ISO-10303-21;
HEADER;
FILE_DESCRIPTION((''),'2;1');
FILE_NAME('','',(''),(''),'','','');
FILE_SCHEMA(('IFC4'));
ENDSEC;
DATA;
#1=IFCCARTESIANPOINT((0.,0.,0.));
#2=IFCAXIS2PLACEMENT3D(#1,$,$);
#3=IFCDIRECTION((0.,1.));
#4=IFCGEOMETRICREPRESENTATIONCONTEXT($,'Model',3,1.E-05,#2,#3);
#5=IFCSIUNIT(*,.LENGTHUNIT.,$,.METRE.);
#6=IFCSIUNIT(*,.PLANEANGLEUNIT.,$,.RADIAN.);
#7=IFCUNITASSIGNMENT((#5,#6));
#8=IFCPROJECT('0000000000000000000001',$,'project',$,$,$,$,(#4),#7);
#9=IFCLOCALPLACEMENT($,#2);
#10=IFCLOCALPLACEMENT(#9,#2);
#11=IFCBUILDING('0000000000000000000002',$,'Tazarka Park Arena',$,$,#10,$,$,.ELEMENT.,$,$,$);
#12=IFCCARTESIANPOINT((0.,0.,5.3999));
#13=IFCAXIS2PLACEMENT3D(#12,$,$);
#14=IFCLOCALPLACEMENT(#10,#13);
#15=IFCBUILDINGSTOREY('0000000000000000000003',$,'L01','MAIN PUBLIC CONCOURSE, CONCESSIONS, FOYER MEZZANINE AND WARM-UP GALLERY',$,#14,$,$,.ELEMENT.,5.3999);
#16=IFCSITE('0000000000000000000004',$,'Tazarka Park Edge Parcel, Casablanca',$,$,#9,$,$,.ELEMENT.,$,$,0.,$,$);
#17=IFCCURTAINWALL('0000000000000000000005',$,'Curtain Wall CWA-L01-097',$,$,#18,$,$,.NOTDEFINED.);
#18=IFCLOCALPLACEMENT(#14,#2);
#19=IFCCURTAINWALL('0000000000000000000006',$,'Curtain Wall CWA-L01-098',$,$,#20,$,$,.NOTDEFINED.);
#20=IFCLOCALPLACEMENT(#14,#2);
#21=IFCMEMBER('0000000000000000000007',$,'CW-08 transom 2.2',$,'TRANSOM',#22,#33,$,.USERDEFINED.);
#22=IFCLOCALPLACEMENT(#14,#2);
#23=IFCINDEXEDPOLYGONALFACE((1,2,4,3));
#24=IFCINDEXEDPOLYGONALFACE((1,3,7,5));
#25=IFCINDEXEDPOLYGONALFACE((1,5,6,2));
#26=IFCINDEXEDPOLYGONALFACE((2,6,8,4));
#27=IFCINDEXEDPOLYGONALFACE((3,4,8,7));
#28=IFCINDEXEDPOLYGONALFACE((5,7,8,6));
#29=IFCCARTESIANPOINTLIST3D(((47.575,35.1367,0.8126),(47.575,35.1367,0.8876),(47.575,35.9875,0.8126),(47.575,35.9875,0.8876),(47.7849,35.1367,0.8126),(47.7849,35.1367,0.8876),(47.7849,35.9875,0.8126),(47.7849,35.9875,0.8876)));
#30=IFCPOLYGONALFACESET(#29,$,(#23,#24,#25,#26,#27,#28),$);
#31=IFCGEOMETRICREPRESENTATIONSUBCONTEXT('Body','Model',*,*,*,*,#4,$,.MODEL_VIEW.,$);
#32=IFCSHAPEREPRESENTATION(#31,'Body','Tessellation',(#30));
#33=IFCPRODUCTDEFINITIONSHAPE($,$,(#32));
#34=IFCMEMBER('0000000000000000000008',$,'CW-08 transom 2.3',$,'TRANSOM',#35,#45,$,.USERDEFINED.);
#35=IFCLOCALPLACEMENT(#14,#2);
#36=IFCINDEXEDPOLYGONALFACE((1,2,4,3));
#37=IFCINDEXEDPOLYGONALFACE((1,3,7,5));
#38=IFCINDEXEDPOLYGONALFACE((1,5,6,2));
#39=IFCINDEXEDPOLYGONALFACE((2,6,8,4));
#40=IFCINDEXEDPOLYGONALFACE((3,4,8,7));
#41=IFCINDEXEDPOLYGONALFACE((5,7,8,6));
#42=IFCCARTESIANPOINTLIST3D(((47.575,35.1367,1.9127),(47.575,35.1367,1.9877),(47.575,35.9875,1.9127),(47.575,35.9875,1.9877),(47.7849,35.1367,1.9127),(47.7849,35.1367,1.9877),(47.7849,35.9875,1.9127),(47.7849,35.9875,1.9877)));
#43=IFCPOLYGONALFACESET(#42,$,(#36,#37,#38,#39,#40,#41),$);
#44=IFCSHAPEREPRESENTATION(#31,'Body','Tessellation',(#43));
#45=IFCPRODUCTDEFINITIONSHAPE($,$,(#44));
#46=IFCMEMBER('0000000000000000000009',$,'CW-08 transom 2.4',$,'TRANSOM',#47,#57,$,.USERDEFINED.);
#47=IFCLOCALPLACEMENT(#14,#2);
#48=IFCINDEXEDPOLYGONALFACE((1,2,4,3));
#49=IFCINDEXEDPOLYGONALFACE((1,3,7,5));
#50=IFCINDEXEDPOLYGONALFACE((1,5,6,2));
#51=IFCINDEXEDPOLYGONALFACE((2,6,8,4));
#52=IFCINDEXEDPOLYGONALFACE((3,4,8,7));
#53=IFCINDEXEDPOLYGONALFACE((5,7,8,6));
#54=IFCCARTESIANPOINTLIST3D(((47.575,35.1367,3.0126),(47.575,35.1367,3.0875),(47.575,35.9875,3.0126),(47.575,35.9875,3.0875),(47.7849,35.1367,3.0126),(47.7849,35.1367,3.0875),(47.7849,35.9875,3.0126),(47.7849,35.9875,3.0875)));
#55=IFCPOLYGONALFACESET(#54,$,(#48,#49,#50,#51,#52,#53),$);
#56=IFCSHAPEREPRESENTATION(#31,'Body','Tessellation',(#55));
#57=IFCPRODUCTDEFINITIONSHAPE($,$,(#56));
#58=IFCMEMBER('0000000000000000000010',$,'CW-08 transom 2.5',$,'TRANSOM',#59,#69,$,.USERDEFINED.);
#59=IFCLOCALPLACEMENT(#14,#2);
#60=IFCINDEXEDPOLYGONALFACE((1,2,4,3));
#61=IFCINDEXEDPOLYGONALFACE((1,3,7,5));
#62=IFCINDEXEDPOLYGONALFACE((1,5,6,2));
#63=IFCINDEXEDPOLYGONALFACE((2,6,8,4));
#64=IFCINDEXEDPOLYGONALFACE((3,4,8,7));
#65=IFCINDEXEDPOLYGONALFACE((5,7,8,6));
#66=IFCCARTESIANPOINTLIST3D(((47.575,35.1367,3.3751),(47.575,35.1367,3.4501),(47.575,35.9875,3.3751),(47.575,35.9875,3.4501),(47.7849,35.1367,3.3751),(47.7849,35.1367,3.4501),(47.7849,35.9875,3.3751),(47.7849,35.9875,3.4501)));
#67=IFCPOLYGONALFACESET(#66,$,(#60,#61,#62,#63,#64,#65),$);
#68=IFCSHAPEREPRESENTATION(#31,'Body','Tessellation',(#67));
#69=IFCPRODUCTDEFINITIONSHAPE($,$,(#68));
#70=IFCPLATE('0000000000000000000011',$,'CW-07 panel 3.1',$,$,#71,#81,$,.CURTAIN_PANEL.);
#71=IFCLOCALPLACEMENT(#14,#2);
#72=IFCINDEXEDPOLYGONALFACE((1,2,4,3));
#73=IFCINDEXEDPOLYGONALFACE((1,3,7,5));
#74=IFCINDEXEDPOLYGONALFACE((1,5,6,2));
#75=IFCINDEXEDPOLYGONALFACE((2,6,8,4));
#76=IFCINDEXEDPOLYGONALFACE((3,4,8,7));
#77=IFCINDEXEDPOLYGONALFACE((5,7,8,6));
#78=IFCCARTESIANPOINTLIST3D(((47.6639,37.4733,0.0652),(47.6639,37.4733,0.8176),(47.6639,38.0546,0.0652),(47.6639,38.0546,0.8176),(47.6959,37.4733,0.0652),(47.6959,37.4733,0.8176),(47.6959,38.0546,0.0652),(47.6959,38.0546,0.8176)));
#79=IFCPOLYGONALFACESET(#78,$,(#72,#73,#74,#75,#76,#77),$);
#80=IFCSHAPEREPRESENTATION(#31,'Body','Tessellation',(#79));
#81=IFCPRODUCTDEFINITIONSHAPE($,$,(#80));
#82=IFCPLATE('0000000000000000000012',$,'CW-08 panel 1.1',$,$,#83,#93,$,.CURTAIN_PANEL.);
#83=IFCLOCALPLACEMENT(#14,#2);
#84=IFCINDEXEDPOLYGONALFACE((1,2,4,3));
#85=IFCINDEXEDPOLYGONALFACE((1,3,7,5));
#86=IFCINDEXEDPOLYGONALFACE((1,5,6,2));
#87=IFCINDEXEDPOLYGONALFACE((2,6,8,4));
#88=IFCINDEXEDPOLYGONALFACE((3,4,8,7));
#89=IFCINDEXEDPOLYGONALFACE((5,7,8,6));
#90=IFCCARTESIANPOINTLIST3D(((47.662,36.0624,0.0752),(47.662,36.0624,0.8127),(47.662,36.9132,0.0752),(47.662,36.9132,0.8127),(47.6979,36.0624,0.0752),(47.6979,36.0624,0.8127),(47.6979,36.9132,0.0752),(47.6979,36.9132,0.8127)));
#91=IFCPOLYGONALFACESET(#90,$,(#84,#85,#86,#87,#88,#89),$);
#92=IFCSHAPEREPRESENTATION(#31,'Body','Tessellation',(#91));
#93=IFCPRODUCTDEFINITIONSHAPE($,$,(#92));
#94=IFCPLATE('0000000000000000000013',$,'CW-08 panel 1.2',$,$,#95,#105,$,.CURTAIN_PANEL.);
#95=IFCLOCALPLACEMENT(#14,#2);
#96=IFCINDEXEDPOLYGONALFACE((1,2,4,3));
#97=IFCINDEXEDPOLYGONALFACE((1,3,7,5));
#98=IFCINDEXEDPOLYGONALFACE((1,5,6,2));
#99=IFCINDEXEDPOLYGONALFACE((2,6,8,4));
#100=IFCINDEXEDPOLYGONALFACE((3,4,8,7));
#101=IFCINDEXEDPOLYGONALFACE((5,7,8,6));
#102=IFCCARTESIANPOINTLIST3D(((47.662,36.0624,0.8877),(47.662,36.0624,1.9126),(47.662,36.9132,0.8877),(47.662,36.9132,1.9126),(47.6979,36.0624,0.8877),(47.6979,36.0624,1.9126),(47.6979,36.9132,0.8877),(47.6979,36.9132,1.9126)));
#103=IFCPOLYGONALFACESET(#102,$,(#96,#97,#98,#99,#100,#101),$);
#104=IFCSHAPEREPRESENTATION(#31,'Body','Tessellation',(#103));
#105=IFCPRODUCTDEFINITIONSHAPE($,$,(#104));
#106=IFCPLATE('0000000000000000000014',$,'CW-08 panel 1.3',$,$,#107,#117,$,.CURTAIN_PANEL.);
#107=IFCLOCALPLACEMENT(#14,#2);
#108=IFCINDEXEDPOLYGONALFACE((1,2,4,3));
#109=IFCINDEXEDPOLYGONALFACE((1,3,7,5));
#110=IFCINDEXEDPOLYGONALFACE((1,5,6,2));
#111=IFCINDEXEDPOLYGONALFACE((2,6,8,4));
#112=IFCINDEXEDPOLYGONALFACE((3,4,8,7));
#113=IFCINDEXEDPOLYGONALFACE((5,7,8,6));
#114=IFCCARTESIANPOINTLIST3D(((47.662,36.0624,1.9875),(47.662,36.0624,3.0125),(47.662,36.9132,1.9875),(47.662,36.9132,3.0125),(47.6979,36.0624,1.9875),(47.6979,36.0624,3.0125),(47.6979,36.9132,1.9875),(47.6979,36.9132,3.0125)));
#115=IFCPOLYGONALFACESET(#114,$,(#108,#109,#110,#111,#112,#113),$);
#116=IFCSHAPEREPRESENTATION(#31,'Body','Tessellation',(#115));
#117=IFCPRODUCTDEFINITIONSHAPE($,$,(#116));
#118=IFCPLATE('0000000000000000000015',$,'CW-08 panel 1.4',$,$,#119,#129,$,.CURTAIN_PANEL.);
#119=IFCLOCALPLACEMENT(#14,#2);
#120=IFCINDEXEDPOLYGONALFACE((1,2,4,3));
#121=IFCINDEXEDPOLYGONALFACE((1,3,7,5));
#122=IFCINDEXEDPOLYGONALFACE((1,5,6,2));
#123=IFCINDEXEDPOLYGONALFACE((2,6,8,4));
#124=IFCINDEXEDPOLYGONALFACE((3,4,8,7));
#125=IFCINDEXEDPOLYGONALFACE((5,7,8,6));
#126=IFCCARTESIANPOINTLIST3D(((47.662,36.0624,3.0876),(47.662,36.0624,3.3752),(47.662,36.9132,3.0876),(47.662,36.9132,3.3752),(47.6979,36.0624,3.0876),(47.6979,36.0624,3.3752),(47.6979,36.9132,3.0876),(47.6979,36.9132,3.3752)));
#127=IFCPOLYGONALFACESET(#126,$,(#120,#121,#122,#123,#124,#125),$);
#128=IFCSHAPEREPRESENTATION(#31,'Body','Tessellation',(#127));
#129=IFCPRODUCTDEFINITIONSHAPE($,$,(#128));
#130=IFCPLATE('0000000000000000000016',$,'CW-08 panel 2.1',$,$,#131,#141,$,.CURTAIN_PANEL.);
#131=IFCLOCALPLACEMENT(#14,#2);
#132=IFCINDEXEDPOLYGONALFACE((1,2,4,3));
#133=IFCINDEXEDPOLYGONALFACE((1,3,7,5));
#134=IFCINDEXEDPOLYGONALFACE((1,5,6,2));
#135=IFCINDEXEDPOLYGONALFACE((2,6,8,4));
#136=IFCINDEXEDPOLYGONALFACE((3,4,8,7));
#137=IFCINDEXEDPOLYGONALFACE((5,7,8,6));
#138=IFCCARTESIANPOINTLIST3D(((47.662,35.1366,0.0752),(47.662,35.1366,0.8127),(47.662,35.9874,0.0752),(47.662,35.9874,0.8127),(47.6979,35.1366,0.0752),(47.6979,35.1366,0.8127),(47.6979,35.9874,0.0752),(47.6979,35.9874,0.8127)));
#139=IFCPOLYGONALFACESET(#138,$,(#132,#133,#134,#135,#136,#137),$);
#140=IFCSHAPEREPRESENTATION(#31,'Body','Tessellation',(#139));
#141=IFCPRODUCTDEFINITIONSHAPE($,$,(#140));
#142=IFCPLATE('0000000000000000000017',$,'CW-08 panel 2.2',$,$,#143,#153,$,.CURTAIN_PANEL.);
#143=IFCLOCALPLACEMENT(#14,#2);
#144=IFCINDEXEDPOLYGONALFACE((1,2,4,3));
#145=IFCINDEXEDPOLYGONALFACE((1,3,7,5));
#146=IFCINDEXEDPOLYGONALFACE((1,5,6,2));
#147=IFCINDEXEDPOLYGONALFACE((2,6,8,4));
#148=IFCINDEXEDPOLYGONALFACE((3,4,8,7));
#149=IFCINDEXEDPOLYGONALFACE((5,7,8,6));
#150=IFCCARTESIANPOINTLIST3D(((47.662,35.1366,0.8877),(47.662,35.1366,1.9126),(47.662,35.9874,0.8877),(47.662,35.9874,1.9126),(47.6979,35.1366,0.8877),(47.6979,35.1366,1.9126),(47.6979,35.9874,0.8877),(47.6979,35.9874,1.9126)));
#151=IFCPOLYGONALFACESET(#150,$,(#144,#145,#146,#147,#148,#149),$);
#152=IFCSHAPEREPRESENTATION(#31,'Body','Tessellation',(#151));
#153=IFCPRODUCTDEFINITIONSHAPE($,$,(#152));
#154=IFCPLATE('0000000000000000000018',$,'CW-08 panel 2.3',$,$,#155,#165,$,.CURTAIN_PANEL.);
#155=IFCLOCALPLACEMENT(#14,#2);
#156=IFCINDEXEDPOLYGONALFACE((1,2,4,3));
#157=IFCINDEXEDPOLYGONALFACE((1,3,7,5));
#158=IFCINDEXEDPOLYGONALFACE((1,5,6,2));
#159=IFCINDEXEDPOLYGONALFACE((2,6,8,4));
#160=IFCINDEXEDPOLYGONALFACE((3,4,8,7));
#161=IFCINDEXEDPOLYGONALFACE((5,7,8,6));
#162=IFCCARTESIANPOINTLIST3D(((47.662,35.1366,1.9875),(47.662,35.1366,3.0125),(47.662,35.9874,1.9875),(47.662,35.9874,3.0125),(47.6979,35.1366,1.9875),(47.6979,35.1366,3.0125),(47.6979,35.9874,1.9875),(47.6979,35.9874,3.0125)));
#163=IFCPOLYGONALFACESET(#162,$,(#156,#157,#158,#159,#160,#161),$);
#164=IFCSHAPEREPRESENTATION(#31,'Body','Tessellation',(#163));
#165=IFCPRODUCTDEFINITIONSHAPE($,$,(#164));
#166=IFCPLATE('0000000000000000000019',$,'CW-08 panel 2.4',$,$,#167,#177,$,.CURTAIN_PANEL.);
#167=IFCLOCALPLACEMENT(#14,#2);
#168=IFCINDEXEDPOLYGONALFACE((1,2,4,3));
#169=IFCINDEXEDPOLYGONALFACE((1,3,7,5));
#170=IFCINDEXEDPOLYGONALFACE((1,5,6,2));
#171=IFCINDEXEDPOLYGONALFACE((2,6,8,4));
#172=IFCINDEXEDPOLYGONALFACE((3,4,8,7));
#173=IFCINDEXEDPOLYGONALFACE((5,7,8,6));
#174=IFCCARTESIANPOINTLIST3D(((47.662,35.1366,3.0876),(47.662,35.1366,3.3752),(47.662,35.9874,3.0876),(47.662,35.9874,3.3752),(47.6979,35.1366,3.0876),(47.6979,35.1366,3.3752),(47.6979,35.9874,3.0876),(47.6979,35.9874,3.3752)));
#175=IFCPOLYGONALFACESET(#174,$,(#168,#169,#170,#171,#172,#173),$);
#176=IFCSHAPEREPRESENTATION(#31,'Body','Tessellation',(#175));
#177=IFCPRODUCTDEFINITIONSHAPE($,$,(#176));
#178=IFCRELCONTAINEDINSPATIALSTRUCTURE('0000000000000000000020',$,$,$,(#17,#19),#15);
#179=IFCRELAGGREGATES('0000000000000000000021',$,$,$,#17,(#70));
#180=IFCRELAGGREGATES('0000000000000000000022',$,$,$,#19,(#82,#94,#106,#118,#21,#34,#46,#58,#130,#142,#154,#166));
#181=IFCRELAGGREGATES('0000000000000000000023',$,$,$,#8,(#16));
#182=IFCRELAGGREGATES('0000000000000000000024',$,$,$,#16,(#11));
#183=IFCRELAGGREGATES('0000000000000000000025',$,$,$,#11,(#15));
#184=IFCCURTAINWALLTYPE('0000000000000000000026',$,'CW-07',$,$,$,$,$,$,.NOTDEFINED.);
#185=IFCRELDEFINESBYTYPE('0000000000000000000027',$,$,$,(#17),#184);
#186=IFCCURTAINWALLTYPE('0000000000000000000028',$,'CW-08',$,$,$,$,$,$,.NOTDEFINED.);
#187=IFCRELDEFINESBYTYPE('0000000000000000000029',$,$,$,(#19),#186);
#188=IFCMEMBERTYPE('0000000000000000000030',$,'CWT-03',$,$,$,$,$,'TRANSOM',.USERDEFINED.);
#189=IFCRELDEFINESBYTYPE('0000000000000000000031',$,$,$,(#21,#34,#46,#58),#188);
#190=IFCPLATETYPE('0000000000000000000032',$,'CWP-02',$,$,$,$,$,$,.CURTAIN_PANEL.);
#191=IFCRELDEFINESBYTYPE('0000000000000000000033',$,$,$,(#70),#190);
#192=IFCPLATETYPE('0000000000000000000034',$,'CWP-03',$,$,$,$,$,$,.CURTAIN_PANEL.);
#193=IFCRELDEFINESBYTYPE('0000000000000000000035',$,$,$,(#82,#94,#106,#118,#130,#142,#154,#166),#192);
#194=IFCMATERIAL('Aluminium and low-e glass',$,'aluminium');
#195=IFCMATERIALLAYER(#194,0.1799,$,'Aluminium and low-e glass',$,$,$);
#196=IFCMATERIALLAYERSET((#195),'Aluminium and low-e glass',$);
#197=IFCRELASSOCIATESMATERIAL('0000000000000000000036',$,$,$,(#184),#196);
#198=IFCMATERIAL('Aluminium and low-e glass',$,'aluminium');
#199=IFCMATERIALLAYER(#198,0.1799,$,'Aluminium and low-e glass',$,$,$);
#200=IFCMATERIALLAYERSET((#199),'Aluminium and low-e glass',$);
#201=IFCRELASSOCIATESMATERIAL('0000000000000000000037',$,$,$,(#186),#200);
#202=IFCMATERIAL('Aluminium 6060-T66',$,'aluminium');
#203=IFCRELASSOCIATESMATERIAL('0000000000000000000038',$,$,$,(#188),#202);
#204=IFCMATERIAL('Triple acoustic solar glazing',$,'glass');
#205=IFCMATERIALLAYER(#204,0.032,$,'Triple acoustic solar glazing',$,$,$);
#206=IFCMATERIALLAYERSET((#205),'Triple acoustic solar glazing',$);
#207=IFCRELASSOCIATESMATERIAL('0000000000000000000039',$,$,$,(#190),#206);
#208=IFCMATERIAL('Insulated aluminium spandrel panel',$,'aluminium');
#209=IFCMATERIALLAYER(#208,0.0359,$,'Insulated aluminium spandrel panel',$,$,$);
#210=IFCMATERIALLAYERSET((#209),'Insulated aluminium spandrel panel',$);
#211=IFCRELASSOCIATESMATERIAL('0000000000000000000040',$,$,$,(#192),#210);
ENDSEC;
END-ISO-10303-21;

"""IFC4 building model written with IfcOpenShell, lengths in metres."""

from ifc_helpers import new_model, si_unit, direction, frame, origin, origin_2d, place, context, subcontext, project, spatial, rectangle, extrude, material, layer, layer_set, material_profile, profile_set, type_object, element, aggregate, save


model = new_model("IFC4")

# Units and contexts
model_context = context("Model", 3, precision=1e-05, world=origin(), true_north=direction((0.0, 1.0)))
body_context = subcontext(model_context, "Body", "Model", "MODEL_VIEW")
ifc_project = project(units=[si_unit("LENGTHUNIT", "METRE"), si_unit("PLANEANGLEUNIT", "RADIAN")], contexts=[model_context])

# Site, building, storey
site_placement = place(None, origin())
site = spatial("IfcSite", under=ifc_project, at=site_placement, Name="Tazarka Park Edge Parcel, Casablanca", CompositionType="ELEMENT", RefElevation=0.0)
building_placement = place(site_placement, origin())
building = spatial("IfcBuilding", under=site, at=building_placement, Name="Tazarka Park Arena", CompositionType="ELEMENT")
storey_placement = place(building_placement, frame((0.0, 0.0, 5.3999)))
storey = spatial("IfcBuildingStorey", under=building, at=storey_placement, Name="L01", Description="MAIN PUBLIC CONCOURSE, CONCESSIONS, FOYER MEZZANINE AND WARM-UP GALLERY", CompositionType="ELEMENT", Elevation=5.3999)

# Curtain wall
ifc_material_1 = material(Name="Aluminium and low-e glass", Category="aluminium")
ifc_layer_1 = layer(ifc_material_1, 0.1799, Name="Aluminium and low-e glass")
ifc_layer_set_1 = layer_set([ifc_layer_1], Name="Aluminium and low-e glass")
curtain_wall_type_1 = type_object("IfcCurtainWallType", Name="CW-07", PredefinedType="NOTDEFINED", material=ifc_layer_set_1)
curtain_wall_1_placement = place(storey_placement, origin())
curtain_wall_1 = element("IfcCurtainWall", 1, at=curtain_wall_1_placement, inside=storey, type_object=curtain_wall_type_1, Name="Curtain Wall CWA-L01-097", PredefinedType="NOTDEFINED")

# Curtain wall
ifc_material_2 = material(Name="Aluminium and low-e glass", Category="aluminium")
ifc_layer_2 = layer(ifc_material_2, 0.1799, Name="Aluminium and low-e glass")
ifc_layer_set_2 = layer_set([ifc_layer_2], Name="Aluminium and low-e glass")
curtain_wall_type_2 = type_object("IfcCurtainWallType", Name="CW-08", PredefinedType="NOTDEFINED", material=ifc_layer_set_2)
curtain_wall_2_placement = place(storey_placement, origin())
curtain_wall_2 = element("IfcCurtainWall", 2, at=curtain_wall_2_placement, inside=storey, type_object=curtain_wall_type_2, Name="Curtain Wall CWA-L01-098", PredefinedType="NOTDEFINED")

# Members
ifc_material_3 = material(Name="Aluminium 6060-T66", Category="aluminium")
ifc_material_profile_1 = material_profile(ifc_material_3, rectangle(XDim=0.21, YDim=0.075, at=origin_2d()), Name="Aluminium 6060-T66")
ifc_profile_set_1 = profile_set([ifc_material_profile_1], Name="Aluminium 6060-T66")
member_type_1 = type_object("IfcMemberType", Name="CWT-03", ElementType="TRANSOM", PredefinedType="USERDEFINED", material=ifc_profile_set_1)
member_1_placement = place(storey_placement, frame((47.6799, 35.9875, 0.8501), z_axis=(0.0, -1.0, 0.0), x_axis=(1.0, 0.0, 0.0)))
member_1 = element("IfcMember", 3, at=member_1_placement, type_object=member_type_1, Name="CW-08 transom 2.2", ObjectType="TRANSOM", PredefinedType="USERDEFINED", context=body_context, shape_type="SweptSolid", body=[
    extrude(rectangle(XDim=0.21, YDim=0.075, at=origin_2d()), origin(), (0.0, 0.0, 1.0), 0.8508),
])
member_2_placement = place(storey_placement, frame((47.6799, 35.9875, 1.9502), z_axis=(0.0, -1.0, 0.0), x_axis=(1.0, 0.0, 0.0)))
member_2 = element("IfcMember", 4, at=member_2_placement, type_object=member_type_1, Name="CW-08 transom 2.3", ObjectType="TRANSOM", PredefinedType="USERDEFINED", context=body_context, shape_type="SweptSolid", body=[
    extrude(rectangle(XDim=0.21, YDim=0.075, at=origin_2d()), origin(), (0.0, 0.0, 1.0), 0.8508),
])
member_3_placement = place(storey_placement, frame((47.6799, 35.9875, 3.05), z_axis=(0.0, -1.0, 0.0), x_axis=(1.0, 0.0, 0.0)))
member_3 = element("IfcMember", 5, at=member_3_placement, type_object=member_type_1, Name="CW-08 transom 2.4", ObjectType="TRANSOM", PredefinedType="USERDEFINED", context=body_context, shape_type="SweptSolid", body=[
    extrude(rectangle(XDim=0.21, YDim=0.075, at=origin_2d()), origin(), (0.0, 0.0, 1.0), 0.8508),
])
member_4_placement = place(storey_placement, frame((47.6799, 35.9875, 3.4126), z_axis=(0.0, -1.0, 0.0), x_axis=(1.0, 0.0, 0.0)))
member_4 = element("IfcMember", 6, at=member_4_placement, type_object=member_type_1, Name="CW-08 transom 2.5", ObjectType="TRANSOM", PredefinedType="USERDEFINED", context=body_context, shape_type="SweptSolid", body=[
    extrude(rectangle(XDim=0.21, YDim=0.075, at=origin_2d()), origin(), (0.0, 0.0, 1.0), 0.8508),
])

# Plates
ifc_material_4 = material(Name="Triple acoustic solar glazing", Category="glass")
ifc_layer_3 = layer(ifc_material_4, 0.032, Name="Triple acoustic solar glazing")
ifc_layer_set_3 = layer_set([ifc_layer_3], Name="Triple acoustic solar glazing")
plate_type_1 = type_object("IfcPlateType", Name="CWP-02", PredefinedType="CURTAIN_PANEL", material=ifc_layer_set_3)
plate_1_placement = place(storey_placement, frame((47.6799, 37.7639, 0.0652), z_axis=(0.0, 0.0, 1.0), x_axis=(0.0, -1.0, 0.0)))
plate_1 = element("IfcPlate", 7, at=plate_1_placement, type_object=plate_type_1, Name="CW-07 panel 3.1", PredefinedType="CURTAIN_PANEL", context=body_context, shape_type="SweptSolid", body=[
    extrude(rectangle(XDim=0.5813, YDim=0.032, at=origin_2d()), origin(), (0.0, 0.0, 1.0), 0.7524),
])
aggregate(curtain_wall_1, [plate_1])
ifc_material_5 = material(Name="Insulated aluminium spandrel panel", Category="aluminium")
ifc_layer_4 = layer(ifc_material_5, 0.0359, Name="Insulated aluminium spandrel panel")
ifc_layer_set_4 = layer_set([ifc_layer_4], Name="Insulated aluminium spandrel panel")
plate_type_2 = type_object("IfcPlateType", Name="CWP-03", PredefinedType="CURTAIN_PANEL", material=ifc_layer_set_4)
plate_2_placement = place(storey_placement, frame((47.6799, 36.4878, 0.0752), z_axis=(0.0, 0.0, 1.0), x_axis=(0.0, -1.0, 0.0)))
plate_2 = element("IfcPlate", 8, at=plate_2_placement, type_object=plate_type_2, Name="CW-08 panel 1.1", PredefinedType="CURTAIN_PANEL", context=body_context, shape_type="SweptSolid", body=[
    extrude(rectangle(XDim=0.8508, YDim=0.0359, at=origin_2d()), origin(), (0.0, 0.0, 1.0), 0.7375),
])
plate_3_placement = place(storey_placement, frame((47.6799, 36.4878, 0.8877), z_axis=(0.0, 0.0, 1.0), x_axis=(0.0, -1.0, 0.0)))
plate_3 = element("IfcPlate", 9, at=plate_3_placement, type_object=plate_type_2, Name="CW-08 panel 1.2", PredefinedType="CURTAIN_PANEL", context=body_context, shape_type="SweptSolid", body=[
    extrude(rectangle(XDim=0.8508, YDim=0.0359, at=origin_2d()), origin(), (0.0, 0.0, 1.0), 1.0249),
])
plate_4_placement = place(storey_placement, frame((47.6799, 36.4878, 1.9875), z_axis=(0.0, 0.0, 1.0), x_axis=(0.0, -1.0, 0.0)))
plate_4 = element("IfcPlate", 10, at=plate_4_placement, type_object=plate_type_2, Name="CW-08 panel 1.3", PredefinedType="CURTAIN_PANEL", context=body_context, shape_type="SweptSolid", body=[
    extrude(rectangle(XDim=0.8508, YDim=0.0359, at=origin_2d()), origin(), (0.0, 0.0, 1.0), 1.0249),
])
plate_5_placement = place(storey_placement, frame((47.6799, 36.4878, 3.0876), z_axis=(0.0, 0.0, 1.0), x_axis=(0.0, -1.0, 0.0)))
plate_5 = element("IfcPlate", 11, at=plate_5_placement, type_object=plate_type_2, Name="CW-08 panel 1.4", PredefinedType="CURTAIN_PANEL", context=body_context, shape_type="SweptSolid", body=[
    extrude(rectangle(XDim=0.8508, YDim=0.0359, at=origin_2d()), origin(), (0.0, 0.0, 1.0), 0.2876),
])
plate_6_placement = place(storey_placement, frame((47.6799, 35.562, 0.0752), z_axis=(0.0, 0.0, 1.0), x_axis=(0.0, -1.0, 0.0)))
plate_6 = element("IfcPlate", 12, at=plate_6_placement, type_object=plate_type_2, Name="CW-08 panel 2.1", PredefinedType="CURTAIN_PANEL", context=body_context, shape_type="SweptSolid", body=[
    extrude(rectangle(XDim=0.8508, YDim=0.0359, at=origin_2d()), origin(), (0.0, 0.0, 1.0), 0.7375),
])
plate_7_placement = place(storey_placement, frame((47.6799, 35.562, 0.8877), z_axis=(0.0, 0.0, 1.0), x_axis=(0.0, -1.0, 0.0)))
plate_7 = element("IfcPlate", 13, at=plate_7_placement, type_object=plate_type_2, Name="CW-08 panel 2.2", PredefinedType="CURTAIN_PANEL", context=body_context, shape_type="SweptSolid", body=[
    extrude(rectangle(XDim=0.8508, YDim=0.0359, at=origin_2d()), origin(), (0.0, 0.0, 1.0), 1.0249),
])
plate_8_placement = place(storey_placement, frame((47.6799, 35.562, 1.9875), z_axis=(0.0, 0.0, 1.0), x_axis=(0.0, -1.0, 0.0)))
plate_8 = element("IfcPlate", 14, at=plate_8_placement, type_object=plate_type_2, Name="CW-08 panel 2.3", PredefinedType="CURTAIN_PANEL", context=body_context, shape_type="SweptSolid", body=[
    extrude(rectangle(XDim=0.8508, YDim=0.0359, at=origin_2d()), origin(), (0.0, 0.0, 1.0), 1.0249),
])
plate_9_placement = place(storey_placement, frame((47.6799, 35.562, 3.0876), z_axis=(0.0, 0.0, 1.0), x_axis=(0.0, -1.0, 0.0)))
plate_9 = element("IfcPlate", 15, at=plate_9_placement, type_object=plate_type_2, Name="CW-08 panel 2.4", PredefinedType="CURTAIN_PANEL", context=body_context, shape_type="SweptSolid", body=[
    extrude(rectangle(XDim=0.8508, YDim=0.0359, at=origin_2d()), origin(), (0.0, 0.0, 1.0), 0.2876),
])
aggregate(curtain_wall_2, [plate_2, plate_3, plate_4, plate_5, member_1, member_2, member_3, member_4, plate_6, plate_7, plate_8, plate_9])

save(model, "model.ifc")
